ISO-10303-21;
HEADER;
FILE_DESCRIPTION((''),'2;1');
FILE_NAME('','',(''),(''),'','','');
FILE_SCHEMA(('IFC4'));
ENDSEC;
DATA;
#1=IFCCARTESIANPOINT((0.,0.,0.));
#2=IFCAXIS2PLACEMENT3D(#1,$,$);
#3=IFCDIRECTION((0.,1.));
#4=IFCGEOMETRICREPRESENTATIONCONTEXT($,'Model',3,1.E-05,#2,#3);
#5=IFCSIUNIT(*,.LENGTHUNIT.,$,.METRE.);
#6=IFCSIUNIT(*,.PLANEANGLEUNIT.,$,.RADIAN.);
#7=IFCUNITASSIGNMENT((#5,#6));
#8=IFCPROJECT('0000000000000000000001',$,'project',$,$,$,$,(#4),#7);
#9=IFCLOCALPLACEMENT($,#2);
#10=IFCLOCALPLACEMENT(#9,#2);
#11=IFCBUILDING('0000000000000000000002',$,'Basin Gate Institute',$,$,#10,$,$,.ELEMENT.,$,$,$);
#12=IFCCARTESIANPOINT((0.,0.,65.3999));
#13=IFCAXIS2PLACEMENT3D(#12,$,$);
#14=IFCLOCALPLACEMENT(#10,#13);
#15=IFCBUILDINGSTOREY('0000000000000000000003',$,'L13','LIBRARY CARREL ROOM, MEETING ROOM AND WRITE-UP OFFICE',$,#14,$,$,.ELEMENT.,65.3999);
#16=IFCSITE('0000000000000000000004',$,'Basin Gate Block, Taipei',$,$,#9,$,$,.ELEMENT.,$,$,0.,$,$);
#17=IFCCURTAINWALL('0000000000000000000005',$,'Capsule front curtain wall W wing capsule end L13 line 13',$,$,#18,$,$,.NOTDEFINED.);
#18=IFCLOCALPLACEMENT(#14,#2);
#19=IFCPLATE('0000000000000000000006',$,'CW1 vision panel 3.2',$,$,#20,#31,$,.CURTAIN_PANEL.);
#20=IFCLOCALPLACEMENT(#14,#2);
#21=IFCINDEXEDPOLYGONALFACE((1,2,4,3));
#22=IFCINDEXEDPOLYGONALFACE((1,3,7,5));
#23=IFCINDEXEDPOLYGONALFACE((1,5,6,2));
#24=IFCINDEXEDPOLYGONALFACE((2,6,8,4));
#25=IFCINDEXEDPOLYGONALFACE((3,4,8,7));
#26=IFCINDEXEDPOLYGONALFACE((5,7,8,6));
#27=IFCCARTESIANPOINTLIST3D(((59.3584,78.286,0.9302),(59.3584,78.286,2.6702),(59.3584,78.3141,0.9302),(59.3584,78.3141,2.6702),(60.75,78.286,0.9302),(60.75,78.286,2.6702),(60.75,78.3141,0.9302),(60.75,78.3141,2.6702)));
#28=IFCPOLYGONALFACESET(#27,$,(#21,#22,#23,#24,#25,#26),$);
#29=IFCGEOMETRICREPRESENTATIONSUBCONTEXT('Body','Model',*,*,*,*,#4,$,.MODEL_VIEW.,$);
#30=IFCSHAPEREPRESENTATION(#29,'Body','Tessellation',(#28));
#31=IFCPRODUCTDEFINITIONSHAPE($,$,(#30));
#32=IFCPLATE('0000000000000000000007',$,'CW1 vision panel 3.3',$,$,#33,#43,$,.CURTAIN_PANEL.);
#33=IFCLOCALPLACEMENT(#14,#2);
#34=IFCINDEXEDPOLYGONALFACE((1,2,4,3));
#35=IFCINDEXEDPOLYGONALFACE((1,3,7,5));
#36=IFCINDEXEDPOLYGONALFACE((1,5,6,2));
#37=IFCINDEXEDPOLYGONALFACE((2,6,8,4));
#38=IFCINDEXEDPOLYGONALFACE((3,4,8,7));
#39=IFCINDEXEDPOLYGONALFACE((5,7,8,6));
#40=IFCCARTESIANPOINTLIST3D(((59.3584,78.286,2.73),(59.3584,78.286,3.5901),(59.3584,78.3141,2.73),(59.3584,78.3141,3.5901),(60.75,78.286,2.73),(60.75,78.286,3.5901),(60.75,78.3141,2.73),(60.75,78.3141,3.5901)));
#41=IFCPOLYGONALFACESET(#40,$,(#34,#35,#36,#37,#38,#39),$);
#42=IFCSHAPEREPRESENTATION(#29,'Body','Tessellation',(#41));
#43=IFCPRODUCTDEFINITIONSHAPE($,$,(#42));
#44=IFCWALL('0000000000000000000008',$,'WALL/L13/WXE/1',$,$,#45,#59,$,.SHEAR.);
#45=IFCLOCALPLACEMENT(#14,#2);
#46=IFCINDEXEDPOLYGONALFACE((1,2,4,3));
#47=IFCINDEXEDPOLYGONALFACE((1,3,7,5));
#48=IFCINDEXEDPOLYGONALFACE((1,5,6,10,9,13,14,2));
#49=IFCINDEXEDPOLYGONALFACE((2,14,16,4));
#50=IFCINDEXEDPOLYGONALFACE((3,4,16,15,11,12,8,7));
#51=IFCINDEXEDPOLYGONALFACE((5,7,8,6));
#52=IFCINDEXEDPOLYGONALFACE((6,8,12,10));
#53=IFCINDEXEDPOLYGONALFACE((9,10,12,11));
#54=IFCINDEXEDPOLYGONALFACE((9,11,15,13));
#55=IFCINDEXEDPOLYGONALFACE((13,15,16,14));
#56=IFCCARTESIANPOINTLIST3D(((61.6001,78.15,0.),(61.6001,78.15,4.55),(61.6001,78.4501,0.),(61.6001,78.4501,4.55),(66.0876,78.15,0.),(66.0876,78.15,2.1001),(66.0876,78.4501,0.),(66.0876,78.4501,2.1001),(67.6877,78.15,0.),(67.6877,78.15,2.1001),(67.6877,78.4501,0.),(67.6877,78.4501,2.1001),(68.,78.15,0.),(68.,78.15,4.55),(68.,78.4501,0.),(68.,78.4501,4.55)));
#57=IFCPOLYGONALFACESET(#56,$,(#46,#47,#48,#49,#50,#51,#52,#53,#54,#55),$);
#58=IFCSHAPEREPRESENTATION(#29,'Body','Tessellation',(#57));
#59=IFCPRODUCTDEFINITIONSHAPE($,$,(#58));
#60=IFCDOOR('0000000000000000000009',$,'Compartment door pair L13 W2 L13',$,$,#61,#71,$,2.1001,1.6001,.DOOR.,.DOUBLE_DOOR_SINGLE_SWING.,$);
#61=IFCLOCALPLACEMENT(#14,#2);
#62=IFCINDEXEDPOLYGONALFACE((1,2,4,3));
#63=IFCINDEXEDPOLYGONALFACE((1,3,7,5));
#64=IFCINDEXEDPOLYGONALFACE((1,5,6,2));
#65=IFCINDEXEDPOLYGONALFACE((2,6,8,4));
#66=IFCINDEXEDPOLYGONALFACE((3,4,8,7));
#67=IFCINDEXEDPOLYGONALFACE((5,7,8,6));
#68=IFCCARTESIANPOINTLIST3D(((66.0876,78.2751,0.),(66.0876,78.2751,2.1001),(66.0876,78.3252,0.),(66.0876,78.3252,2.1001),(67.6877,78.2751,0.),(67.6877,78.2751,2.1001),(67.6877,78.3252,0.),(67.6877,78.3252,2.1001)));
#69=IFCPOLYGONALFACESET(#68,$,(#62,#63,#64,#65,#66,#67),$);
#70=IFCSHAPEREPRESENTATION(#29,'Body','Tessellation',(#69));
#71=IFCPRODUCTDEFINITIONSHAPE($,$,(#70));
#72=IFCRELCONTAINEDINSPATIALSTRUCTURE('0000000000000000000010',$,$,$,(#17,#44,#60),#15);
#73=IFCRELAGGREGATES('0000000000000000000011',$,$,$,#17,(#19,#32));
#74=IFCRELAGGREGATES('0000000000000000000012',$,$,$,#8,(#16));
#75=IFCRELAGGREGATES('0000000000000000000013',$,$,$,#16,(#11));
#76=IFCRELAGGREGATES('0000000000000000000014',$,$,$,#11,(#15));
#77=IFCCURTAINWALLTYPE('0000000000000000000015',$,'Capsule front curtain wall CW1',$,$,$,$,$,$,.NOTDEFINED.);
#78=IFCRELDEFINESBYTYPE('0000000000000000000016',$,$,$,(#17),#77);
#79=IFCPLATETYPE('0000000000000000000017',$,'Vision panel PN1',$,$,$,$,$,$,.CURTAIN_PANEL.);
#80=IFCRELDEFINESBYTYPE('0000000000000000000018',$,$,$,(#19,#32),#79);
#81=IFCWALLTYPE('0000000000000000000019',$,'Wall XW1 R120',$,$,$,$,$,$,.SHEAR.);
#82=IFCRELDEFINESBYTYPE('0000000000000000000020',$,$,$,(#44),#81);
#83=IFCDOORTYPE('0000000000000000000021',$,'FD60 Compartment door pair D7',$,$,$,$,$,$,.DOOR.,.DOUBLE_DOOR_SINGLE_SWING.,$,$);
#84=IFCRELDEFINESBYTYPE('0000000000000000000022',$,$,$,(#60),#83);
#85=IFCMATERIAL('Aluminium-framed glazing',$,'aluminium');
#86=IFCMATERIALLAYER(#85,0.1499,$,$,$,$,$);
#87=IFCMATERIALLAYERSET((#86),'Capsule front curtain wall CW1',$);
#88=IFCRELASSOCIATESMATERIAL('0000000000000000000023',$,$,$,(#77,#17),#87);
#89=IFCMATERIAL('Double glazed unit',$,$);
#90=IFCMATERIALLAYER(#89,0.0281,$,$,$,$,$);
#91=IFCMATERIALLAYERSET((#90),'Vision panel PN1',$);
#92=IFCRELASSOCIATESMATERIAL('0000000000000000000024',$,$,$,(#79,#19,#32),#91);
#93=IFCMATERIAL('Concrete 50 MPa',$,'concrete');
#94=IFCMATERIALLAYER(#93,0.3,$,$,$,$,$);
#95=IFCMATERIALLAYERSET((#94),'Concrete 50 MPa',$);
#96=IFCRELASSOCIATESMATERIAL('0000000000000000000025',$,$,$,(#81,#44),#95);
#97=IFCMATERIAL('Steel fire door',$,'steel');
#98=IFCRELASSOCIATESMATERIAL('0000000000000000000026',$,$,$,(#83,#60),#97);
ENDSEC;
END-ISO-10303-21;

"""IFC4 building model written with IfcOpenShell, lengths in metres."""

from ifc_helpers import new_model, si_unit, direction, frame, frame_2d, origin, origin_2d, place, context, subcontext, project, spatial, rectangle, extrude, material, layer, layer_set, type_object, element, fill, aggregate, save


model = new_model("IFC4")

# Units and contexts
model_context = context("Model", 3, precision=1e-05, world=origin(), true_north=direction((0.0, 1.0)))
body_context = subcontext(model_context, "Body", "Model", "MODEL_VIEW")
ifc_project = project(units=[si_unit("LENGTHUNIT", "METRE"), si_unit("PLANEANGLEUNIT", "RADIAN")], contexts=[model_context])

# Site, building, storey
site_placement = place(None, origin())
site = spatial("IfcSite", under=ifc_project, at=site_placement, Name="Basin Gate Block, Taipei", CompositionType="ELEMENT", RefElevation=0.0)
building_placement = place(site_placement, origin())
building = spatial("IfcBuilding", under=site, at=building_placement, Name="Basin Gate Institute", CompositionType="ELEMENT")
storey_placement = place(building_placement, frame((0.0, 0.0, 65.3999)))
storey = spatial("IfcBuildingStorey", under=building, at=storey_placement, Name="L13", Description="LIBRARY CARREL ROOM, MEETING ROOM AND WRITE-UP OFFICE", CompositionType="ELEMENT", Elevation=65.3999)

# Curtain wall
ifc_material_1 = material(Name="Aluminium-framed glazing", Category="aluminium")
ifc_layer_1 = layer(ifc_material_1, 0.1499)
ifc_layer_set_1 = layer_set([ifc_layer_1], Name="Capsule front curtain wall CW1")
curtain_wall_type = type_object("IfcCurtainWallType", Name="Capsule front curtain wall CW1", PredefinedType="NOTDEFINED", material=ifc_layer_set_1)
curtain_wall_placement = place(storey_placement, origin())
curtain_wall = element("IfcCurtainWall", 1, at=curtain_wall_placement, inside=storey, type_object=curtain_wall_type, material=ifc_layer_set_1, Name="Capsule front curtain wall W wing capsule end L13 line 13", PredefinedType="NOTDEFINED")

# Plates
ifc_material_2 = material(Name="Double glazed unit")
ifc_layer_2 = layer(ifc_material_2, 0.0281)
ifc_layer_set_2 = layer_set([ifc_layer_2], Name="Vision panel PN1")
plate_type_1 = type_object("IfcPlateType", Name="Vision panel PN1", PredefinedType="CURTAIN_PANEL", material=ifc_layer_set_2)
plate_1_placement = place(storey_placement, frame((60.0542, 78.3, 0.9302), z_axis=(0.0, 0.0, 1.0), x_axis=(1.0, 0.0, 0.0)))
plate_1 = element("IfcPlate", 2, at=plate_1_placement, type_object=plate_type_1, material=ifc_layer_set_2, Name="CW1 vision panel 3.2", PredefinedType="CURTAIN_PANEL", context=body_context, shape_type="SweptSolid", body=[
    extrude(rectangle(XDim=1.3916, YDim=0.0281, at=origin_2d()), origin(), (0.0, 0.0, 1.0), 1.74),
])
plate_2_placement = place(storey_placement, frame((60.0542, 78.3, 2.73), z_axis=(0.0, 0.0, 1.0), x_axis=(1.0, 0.0, 0.0)))
plate_2 = element("IfcPlate", 3, at=plate_2_placement, type_object=plate_type_1, material=ifc_layer_set_2, Name="CW1 vision panel 3.3", PredefinedType="CURTAIN_PANEL", context=body_context, shape_type="SweptSolid", body=[
    extrude(rectangle(XDim=1.3916, YDim=0.0281, at=origin_2d()), origin(), (0.0, 0.0, 1.0), 0.8601),
])
aggregate(curtain_wall, [plate_1, plate_2])

# Wall, opening, door
ifc_material_3 = material(Name="Concrete 50 MPa", Category="concrete")
ifc_layer_3 = layer(ifc_material_3, 0.3)
ifc_layer_set_3 = layer_set([ifc_layer_3], Name="Concrete 50 MPa")
wall_type = type_object("IfcWallType", Name="Wall XW1 R120", PredefinedType="SHEAR", material=ifc_layer_set_3)
wall_placement = place(storey_placement, frame((61.6001, 78.3, 0.0), z_axis=(0.0, 0.0, 1.0), x_axis=(1.0, 0.0, 0.0)))
wall = element("IfcWall", 4, at=wall_placement, inside=storey, type_object=wall_type, material=ifc_layer_set_3, Name="WALL/L13/WXE/1", PredefinedType="SHEAR", context=body_context, shape_type="SweptSolid", body=[
    extrude(rectangle(XDim=6.3999, YDim=0.3, at=frame_2d((3.2, 0.0))), origin(), (0.0, 0.0, 1.0), 4.55),
])
opening_placement = place(wall_placement, frame((4.4875, 0.0, 0.0)))
opening = element("IfcOpeningElement", 5, at=opening_placement, cuts=wall, PredefinedType="OPENING", context=body_context, shape_type="SweptSolid", body=[
    extrude(rectangle(XDim=1.6001, YDim=2.1001, at=frame_2d((0.8, 1.05))), frame((0.0, 0.1602, 0.0), z_axis=(0.0, -1.0, 0.0), x_axis=(1.0, 0.0, 0.0)), (0.0, 0.0, 1.0), 0.3201),
])
ifc_material_4 = material(Name="Steel fire door", Category="steel")
door_type = type_object("IfcDoorType", Name="FD60 Compartment door pair D7", OperationType="DOUBLE_DOOR_SINGLE_SWING", PredefinedType="DOOR", material=ifc_material_4)
door_placement = place(opening_placement, frame((1.6001, 0.0, 0.0), z_axis=(0.0, 0.0, 1.0), x_axis=(-1.0, 0.0, 0.0)))
door = element("IfcDoor", 6, at=door_placement, inside=storey, type_object=door_type, material=ifc_material_4, Name="Compartment door pair L13 W2 L13", OperationType="DOUBLE_DOOR_SINGLE_SWING", OverallHeight=2.1001, OverallWidth=1.6001, PredefinedType="DOOR", context=body_context, shape_type="SweptSolid", body=[
    extrude(rectangle(XDim=1.6001, YDim=2.1001, at=frame_2d((0.8, 1.05))), frame((0.0, 0.0249, 0.0), z_axis=(0.0, -1.0, 0.0), x_axis=(1.0, 0.0, 0.0)), (0.0, 0.0, 1.0), 0.05),
])
fill(opening, door)

save(model, "model.ifc")
